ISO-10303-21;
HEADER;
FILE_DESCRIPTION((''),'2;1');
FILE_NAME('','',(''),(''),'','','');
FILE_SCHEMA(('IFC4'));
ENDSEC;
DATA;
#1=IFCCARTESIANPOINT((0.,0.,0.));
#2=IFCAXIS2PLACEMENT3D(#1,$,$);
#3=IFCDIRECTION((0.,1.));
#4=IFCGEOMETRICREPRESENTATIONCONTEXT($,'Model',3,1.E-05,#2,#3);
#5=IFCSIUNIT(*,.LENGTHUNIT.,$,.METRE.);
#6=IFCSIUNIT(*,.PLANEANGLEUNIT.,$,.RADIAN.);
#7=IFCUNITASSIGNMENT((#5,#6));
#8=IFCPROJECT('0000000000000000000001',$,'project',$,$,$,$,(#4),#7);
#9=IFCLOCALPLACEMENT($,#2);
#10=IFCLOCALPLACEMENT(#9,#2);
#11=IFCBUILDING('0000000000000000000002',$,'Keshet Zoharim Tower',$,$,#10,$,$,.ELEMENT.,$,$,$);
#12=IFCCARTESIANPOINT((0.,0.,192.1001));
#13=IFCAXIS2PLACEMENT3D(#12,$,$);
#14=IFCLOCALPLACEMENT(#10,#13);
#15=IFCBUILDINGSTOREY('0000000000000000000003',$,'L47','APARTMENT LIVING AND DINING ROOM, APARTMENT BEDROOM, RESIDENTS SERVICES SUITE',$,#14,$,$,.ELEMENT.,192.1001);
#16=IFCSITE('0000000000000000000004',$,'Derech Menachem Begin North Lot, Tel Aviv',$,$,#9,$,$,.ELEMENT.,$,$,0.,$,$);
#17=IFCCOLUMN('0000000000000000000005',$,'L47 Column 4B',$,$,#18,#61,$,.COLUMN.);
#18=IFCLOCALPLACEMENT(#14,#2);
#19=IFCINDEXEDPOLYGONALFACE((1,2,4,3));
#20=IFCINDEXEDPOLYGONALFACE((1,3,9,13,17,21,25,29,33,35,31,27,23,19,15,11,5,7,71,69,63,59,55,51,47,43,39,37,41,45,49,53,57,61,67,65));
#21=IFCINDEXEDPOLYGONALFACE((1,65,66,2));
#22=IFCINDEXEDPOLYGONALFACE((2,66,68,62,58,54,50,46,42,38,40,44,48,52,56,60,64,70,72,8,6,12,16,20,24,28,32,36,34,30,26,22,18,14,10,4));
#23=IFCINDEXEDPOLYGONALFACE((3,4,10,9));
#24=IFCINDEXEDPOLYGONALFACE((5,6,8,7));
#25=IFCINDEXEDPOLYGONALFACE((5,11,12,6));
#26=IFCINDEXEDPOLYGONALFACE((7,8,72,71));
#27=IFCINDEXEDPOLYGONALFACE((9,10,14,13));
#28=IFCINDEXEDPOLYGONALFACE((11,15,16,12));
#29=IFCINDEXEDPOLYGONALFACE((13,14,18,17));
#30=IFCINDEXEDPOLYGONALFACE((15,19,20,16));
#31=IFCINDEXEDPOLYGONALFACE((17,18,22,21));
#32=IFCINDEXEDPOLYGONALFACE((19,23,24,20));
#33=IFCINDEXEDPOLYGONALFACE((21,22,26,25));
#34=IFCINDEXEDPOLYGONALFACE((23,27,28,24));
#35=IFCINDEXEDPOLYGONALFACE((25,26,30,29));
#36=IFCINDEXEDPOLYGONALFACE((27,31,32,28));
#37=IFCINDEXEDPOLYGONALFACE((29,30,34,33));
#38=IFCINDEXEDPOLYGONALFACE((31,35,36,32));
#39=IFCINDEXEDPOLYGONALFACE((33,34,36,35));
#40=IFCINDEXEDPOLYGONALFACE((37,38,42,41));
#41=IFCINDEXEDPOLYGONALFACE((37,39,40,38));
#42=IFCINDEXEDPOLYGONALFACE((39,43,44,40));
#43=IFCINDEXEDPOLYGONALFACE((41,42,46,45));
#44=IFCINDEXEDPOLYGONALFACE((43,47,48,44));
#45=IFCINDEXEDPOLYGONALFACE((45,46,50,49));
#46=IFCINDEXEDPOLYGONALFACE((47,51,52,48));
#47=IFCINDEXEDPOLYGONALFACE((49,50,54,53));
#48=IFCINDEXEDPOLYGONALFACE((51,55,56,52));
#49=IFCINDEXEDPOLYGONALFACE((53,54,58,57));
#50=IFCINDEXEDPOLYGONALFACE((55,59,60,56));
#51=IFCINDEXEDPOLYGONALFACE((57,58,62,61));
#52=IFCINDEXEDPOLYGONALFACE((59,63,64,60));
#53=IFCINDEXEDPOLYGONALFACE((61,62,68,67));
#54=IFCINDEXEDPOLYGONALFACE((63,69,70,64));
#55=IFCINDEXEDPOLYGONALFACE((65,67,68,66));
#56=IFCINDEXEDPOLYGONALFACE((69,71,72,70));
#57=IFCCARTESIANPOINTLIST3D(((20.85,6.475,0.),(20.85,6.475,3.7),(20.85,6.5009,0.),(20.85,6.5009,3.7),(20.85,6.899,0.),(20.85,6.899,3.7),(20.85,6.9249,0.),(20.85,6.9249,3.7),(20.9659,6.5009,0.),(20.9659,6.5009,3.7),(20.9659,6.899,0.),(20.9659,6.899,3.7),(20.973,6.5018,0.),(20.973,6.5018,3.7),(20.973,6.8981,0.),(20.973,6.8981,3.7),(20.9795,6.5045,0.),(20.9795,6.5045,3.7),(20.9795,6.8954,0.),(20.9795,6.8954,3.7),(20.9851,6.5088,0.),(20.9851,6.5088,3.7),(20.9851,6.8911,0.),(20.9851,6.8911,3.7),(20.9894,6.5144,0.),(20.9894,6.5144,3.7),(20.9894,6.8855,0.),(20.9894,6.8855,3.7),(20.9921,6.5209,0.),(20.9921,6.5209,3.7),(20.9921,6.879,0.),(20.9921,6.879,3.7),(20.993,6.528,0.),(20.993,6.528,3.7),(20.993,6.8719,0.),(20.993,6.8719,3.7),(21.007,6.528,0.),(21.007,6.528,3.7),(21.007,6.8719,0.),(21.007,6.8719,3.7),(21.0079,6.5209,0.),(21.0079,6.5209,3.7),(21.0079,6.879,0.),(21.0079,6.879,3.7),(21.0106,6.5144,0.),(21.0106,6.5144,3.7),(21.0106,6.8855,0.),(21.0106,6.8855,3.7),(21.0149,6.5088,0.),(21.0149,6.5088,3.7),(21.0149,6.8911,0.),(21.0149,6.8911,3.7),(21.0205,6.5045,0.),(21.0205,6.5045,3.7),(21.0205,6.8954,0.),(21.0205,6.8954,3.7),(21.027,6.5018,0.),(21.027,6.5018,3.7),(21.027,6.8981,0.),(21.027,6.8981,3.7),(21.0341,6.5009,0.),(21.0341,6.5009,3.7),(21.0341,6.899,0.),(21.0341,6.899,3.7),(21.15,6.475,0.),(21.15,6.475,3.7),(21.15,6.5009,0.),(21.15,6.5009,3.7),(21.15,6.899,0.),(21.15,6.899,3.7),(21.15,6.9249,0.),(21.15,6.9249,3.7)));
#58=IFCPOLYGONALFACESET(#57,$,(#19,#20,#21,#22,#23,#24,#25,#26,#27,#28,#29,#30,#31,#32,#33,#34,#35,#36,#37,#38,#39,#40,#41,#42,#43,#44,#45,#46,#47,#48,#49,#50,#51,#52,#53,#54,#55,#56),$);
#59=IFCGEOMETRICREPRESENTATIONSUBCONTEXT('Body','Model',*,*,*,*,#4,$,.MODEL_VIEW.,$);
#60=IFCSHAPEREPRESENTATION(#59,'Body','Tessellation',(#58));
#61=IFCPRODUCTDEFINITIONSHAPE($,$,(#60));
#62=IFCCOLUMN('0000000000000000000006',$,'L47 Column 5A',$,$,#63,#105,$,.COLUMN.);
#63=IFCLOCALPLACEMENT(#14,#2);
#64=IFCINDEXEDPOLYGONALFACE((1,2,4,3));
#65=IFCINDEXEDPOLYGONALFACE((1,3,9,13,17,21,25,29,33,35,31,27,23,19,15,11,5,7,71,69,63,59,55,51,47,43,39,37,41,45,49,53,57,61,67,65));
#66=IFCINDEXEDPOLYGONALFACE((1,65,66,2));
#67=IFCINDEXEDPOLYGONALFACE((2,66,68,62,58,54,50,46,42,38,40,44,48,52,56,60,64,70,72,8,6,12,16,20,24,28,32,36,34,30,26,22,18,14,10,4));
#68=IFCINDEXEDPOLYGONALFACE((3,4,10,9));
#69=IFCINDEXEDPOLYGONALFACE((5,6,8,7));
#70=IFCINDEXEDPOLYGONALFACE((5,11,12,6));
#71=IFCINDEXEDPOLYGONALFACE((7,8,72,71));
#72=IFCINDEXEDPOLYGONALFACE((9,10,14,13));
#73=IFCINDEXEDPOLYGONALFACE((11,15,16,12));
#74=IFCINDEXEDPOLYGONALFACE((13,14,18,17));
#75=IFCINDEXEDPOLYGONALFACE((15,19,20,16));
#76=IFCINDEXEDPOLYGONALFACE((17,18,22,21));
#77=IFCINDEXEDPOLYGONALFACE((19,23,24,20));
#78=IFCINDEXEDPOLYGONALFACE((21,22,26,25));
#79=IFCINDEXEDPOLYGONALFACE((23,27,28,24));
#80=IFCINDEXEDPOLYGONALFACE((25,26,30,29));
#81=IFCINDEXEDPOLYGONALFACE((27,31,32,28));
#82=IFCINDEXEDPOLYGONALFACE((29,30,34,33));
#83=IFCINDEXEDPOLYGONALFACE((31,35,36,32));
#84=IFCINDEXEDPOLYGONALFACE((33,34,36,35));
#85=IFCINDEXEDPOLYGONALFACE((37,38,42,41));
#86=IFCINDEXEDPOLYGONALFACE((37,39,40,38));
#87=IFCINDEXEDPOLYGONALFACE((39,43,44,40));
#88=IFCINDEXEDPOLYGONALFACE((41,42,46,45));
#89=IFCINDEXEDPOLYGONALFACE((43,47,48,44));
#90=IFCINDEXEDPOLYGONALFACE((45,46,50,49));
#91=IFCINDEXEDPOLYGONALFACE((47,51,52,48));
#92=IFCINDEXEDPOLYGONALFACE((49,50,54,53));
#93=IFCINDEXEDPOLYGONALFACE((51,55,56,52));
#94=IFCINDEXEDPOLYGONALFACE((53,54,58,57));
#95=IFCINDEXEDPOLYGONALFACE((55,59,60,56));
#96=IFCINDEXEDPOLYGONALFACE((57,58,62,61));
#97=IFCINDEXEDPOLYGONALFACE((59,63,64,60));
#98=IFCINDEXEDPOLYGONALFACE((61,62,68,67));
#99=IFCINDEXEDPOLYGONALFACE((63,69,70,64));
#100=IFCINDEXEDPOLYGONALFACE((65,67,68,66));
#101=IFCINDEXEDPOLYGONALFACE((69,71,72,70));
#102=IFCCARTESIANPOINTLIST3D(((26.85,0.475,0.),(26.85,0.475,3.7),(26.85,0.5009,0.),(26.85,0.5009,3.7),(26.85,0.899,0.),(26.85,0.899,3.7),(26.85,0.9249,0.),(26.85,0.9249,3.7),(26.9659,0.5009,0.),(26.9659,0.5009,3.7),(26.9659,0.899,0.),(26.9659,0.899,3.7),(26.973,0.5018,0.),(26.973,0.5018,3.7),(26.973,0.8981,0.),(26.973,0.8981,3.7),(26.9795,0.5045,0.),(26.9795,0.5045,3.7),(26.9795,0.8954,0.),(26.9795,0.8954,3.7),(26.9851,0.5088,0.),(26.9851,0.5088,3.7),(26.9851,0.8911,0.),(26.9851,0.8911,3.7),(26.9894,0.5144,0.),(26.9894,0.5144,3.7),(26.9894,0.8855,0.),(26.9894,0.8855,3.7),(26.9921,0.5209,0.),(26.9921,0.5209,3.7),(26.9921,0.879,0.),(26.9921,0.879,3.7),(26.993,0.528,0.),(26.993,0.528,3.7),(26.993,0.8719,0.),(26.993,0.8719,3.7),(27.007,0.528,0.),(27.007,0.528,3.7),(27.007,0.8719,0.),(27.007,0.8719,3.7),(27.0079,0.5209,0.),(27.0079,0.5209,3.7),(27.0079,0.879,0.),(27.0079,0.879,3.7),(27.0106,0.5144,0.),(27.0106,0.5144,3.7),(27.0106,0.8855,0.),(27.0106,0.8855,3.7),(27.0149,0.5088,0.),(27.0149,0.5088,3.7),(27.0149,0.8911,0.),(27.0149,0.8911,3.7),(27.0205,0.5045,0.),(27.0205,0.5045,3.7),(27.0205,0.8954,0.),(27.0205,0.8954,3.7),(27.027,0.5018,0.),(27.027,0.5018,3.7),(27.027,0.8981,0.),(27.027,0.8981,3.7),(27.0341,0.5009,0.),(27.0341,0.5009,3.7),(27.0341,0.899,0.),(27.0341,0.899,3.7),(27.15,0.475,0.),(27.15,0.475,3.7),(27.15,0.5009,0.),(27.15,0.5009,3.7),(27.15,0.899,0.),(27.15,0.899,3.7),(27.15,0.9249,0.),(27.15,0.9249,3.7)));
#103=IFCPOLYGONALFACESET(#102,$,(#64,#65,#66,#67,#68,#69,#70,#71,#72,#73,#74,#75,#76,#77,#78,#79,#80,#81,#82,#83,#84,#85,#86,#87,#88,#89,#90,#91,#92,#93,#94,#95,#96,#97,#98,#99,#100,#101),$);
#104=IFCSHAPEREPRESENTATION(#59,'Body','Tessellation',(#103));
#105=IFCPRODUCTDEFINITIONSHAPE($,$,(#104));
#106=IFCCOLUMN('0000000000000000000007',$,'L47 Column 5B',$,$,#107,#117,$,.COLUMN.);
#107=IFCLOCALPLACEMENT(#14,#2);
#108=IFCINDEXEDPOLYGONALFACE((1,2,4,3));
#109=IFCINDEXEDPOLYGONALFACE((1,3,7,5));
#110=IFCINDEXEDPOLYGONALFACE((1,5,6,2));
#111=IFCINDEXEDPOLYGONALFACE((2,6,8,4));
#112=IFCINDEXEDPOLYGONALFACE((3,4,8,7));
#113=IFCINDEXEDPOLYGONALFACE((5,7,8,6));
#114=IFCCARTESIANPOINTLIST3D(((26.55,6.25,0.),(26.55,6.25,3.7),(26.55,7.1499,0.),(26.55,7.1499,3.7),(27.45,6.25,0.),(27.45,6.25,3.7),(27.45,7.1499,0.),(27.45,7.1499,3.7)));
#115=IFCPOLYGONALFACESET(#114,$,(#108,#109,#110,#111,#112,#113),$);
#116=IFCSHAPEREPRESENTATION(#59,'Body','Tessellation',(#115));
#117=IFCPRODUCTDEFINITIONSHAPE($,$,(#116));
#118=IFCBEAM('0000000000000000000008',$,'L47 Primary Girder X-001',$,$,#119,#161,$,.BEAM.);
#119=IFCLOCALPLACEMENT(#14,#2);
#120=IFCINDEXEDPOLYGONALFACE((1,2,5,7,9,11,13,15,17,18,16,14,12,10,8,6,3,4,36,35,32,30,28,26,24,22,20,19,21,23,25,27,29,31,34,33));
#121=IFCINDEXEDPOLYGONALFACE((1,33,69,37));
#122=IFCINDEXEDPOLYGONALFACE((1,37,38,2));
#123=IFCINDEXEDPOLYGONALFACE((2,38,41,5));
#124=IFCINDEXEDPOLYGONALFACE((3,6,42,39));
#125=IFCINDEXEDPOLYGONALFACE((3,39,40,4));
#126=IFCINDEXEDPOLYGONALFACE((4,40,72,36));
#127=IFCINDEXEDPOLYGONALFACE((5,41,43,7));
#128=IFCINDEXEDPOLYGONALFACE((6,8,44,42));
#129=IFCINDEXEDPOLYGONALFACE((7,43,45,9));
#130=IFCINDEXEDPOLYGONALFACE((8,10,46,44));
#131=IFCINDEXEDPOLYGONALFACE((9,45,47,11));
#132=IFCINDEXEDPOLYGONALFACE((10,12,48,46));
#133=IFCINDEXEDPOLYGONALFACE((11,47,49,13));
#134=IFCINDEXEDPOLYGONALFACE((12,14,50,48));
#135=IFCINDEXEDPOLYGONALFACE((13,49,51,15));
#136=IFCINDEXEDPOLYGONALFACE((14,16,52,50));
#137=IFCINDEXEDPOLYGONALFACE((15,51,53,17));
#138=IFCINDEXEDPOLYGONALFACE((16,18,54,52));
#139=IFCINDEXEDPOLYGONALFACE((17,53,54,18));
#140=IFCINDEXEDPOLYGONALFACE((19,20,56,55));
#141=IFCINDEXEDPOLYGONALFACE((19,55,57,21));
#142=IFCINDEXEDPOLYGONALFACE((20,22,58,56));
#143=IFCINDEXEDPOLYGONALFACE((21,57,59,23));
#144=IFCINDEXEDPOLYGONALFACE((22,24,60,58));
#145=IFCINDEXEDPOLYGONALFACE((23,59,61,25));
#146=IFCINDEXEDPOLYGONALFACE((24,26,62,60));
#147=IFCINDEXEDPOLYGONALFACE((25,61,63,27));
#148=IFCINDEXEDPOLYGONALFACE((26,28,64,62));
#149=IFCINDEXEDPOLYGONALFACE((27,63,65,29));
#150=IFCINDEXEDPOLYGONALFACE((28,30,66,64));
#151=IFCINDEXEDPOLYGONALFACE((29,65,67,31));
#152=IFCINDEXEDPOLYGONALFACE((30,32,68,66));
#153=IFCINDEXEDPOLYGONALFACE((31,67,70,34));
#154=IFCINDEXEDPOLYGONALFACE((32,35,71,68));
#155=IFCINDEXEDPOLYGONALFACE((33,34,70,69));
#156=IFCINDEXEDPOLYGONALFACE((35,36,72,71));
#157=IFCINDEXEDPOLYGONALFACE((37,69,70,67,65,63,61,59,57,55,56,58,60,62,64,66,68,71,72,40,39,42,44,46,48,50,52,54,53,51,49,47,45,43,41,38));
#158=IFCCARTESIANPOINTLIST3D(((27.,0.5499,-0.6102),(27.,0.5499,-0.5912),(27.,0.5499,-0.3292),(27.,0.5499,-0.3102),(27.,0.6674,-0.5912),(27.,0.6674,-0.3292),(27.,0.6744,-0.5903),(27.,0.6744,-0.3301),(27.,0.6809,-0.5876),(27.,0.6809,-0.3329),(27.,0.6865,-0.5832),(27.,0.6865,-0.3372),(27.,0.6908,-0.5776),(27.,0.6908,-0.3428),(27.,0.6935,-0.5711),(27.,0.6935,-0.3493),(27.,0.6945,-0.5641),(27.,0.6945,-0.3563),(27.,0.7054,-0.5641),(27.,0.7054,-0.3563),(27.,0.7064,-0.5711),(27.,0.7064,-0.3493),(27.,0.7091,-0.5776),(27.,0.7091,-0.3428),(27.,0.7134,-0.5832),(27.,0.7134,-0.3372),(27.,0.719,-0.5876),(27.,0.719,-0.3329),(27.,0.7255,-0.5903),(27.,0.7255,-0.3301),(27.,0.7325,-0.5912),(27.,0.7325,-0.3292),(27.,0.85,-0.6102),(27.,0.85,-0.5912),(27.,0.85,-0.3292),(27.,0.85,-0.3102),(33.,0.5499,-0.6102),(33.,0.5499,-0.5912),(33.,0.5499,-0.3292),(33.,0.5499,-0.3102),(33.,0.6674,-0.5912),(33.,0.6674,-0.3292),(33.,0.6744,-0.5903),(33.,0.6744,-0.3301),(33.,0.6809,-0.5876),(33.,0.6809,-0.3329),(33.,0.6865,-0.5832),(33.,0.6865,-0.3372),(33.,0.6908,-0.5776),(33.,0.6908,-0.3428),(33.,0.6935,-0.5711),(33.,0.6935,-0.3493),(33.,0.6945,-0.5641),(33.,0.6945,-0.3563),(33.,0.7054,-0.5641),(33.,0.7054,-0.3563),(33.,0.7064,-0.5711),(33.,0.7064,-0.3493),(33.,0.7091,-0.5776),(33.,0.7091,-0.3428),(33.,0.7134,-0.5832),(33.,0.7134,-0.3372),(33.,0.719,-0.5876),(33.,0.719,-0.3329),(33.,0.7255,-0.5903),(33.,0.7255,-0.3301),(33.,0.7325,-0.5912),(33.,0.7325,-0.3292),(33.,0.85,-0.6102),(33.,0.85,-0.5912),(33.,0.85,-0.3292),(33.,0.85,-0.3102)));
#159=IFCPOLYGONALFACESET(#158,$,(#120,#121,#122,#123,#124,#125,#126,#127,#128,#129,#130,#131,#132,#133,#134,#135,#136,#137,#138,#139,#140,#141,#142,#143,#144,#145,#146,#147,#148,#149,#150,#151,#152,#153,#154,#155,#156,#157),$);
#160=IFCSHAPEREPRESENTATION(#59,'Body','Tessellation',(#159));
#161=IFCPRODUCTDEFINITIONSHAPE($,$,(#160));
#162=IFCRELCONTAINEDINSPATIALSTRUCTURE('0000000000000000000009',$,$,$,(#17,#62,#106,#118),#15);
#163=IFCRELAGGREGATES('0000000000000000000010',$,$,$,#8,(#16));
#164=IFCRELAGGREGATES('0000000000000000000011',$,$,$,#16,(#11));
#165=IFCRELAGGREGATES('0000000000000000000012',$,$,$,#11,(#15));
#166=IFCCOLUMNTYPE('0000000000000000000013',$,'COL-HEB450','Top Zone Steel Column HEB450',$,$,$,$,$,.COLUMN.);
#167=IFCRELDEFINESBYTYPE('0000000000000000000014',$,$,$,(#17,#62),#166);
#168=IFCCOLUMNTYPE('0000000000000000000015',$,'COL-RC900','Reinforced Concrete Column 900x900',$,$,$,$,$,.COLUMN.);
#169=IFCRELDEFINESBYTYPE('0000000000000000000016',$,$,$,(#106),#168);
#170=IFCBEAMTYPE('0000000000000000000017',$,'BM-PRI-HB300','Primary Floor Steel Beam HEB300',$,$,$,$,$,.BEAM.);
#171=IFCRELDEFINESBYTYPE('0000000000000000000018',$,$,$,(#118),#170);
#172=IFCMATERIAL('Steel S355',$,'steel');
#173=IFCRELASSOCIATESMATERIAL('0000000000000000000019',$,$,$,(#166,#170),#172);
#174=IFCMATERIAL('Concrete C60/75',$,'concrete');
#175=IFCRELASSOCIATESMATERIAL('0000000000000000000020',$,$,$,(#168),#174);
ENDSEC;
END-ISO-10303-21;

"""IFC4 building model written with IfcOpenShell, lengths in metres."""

from ifc_helpers import new_model, si_unit, direction, frame, origin, origin_2d, place, context, subcontext, project, spatial, rectangle, i_section, extrude, material, material_profile, profile_set, type_object, element, save


model = new_model("IFC4")

# Units and contexts
model_context = context("Model", 3, precision=1e-05, world=origin(), true_north=direction((0.0, 1.0)))
body_context = subcontext(model_context, "Body", "Model", "MODEL_VIEW")
ifc_project = project(units=[si_unit("LENGTHUNIT", "METRE"), si_unit("PLANEANGLEUNIT", "RADIAN")], contexts=[model_context])

# Site, building, storey
site_placement = place(None, origin())
site = spatial("IfcSite", under=ifc_project, at=site_placement, Name="Derech Menachem Begin North Lot, Tel Aviv", CompositionType="ELEMENT", RefElevation=0.0)
building_placement = place(site_placement, origin())
building = spatial("IfcBuilding", under=site, at=building_placement, Name="Keshet Zoharim Tower", CompositionType="ELEMENT")
storey_placement = place(building_placement, frame((0.0, 0.0, 192.1001)))
storey = spatial("IfcBuildingStorey", under=building, at=storey_placement, Name="L47", Description="APARTMENT LIVING AND DINING ROOM, APARTMENT BEDROOM, RESIDENTS SERVICES SUITE", CompositionType="ELEMENT", Elevation=192.1001)

# Columns
ifc_material_1 = material(Name="Steel S355", Category="steel")
ifc_material_profile_1 = material_profile(ifc_material_1, i_section(OverallWidth=0.3, OverallDepth=0.45, WebThickness=0.0139, FlangeThickness=0.0259, FilletRadius=0.0271, at=origin_2d()), Name="HEB450")
ifc_profile_set_1 = profile_set([ifc_material_profile_1], Name="Steel S355")
column_type_1 = type_object("IfcColumnType", Name="COL-HEB450", Description="Top Zone Steel Column HEB450", PredefinedType="COLUMN", material=ifc_profile_set_1)
for number, where, z_axis, x_axis, name in (
    (1, (21.0, 6.7, 0.0), (0.0, 0.0, 1.0), (1.0, 0.0, 0.0), "L47 Column 4B"),
    (2, (27.0, 0.7, 0.0), (0.0, 0.0, 1.0), (1.0, 0.0, 0.0), "L47 Column 5A"),
):
    element("IfcColumn", number, at=place(storey_placement, frame(where, z_axis=z_axis, x_axis=x_axis)), inside=storey, type_object=column_type_1, Name=name, PredefinedType="COLUMN", context=body_context, shape_type="SweptSolid", body=[
        extrude(i_section(OverallWidth=0.3, OverallDepth=0.45, WebThickness=0.0139, FlangeThickness=0.0259, FilletRadius=0.0271, at=origin_2d()), origin(), (0.0, 0.0, 1.0), 3.7),
    ])
ifc_material_2 = material(Name="Concrete C60/75", Category="concrete")
ifc_material_profile_2 = material_profile(ifc_material_2, rectangle(XDim=0.8999, YDim=0.8999, at=origin_2d()), Name="RC900x900")
ifc_profile_set_2 = profile_set([ifc_material_profile_2], Name="Concrete C60/75")
column_type_2 = type_object("IfcColumnType", Name="COL-RC900", Description="Reinforced Concrete Column 900x900", PredefinedType="COLUMN", material=ifc_profile_set_2)
column_placement = place(storey_placement, frame((27.0, 6.7, 0.0), z_axis=(0.0, 0.0, 1.0), x_axis=(1.0, 0.0, 0.0)))
element("IfcColumn", 3, at=column_placement, inside=storey, type_object=column_type_2, Name="L47 Column 5B", PredefinedType="COLUMN", context=body_context, shape_type="SweptSolid", body=[
    extrude(rectangle(XDim=0.8999, YDim=0.8999, at=origin_2d()), origin(), (0.0, 0.0, 1.0), 3.7),
])

# Beam
ifc_material_profile_3 = material_profile(ifc_material_1, i_section(OverallWidth=0.3, OverallDepth=0.3, WebThickness=0.011, FlangeThickness=0.019, FilletRadius=0.0271, at=origin_2d()), Name="HEB300")
ifc_profile_set_3 = profile_set([ifc_material_profile_3], Name="Steel S355")
beam_type_1 = type_object("IfcBeamType", Name="BM-PRI-HB300", Description="Primary Floor Steel Beam HEB300", PredefinedType="BEAM", material=ifc_profile_set_3)
for number, where, z_axis, x_axis, name in (
    (4, (27.0, 0.7, -0.4602), (1.0, 0.0, 0.0), (0.0, 1.0, 0.0), "L47 Primary Girder X-001"),
):
    element("IfcBeam", number, at=place(storey_placement, frame(where, z_axis=z_axis, x_axis=x_axis)), inside=storey, type_object=beam_type_1, Name=name, PredefinedType="BEAM", context=body_context, shape_type="SweptSolid", body=[
        extrude(i_section(OverallWidth=0.3, OverallDepth=0.3, WebThickness=0.011, FlangeThickness=0.019, FilletRadius=0.0271, at=origin_2d()), origin(), (0.0, 0.0, 1.0), 6.0),
    ])

save(model, "model.ifc")
